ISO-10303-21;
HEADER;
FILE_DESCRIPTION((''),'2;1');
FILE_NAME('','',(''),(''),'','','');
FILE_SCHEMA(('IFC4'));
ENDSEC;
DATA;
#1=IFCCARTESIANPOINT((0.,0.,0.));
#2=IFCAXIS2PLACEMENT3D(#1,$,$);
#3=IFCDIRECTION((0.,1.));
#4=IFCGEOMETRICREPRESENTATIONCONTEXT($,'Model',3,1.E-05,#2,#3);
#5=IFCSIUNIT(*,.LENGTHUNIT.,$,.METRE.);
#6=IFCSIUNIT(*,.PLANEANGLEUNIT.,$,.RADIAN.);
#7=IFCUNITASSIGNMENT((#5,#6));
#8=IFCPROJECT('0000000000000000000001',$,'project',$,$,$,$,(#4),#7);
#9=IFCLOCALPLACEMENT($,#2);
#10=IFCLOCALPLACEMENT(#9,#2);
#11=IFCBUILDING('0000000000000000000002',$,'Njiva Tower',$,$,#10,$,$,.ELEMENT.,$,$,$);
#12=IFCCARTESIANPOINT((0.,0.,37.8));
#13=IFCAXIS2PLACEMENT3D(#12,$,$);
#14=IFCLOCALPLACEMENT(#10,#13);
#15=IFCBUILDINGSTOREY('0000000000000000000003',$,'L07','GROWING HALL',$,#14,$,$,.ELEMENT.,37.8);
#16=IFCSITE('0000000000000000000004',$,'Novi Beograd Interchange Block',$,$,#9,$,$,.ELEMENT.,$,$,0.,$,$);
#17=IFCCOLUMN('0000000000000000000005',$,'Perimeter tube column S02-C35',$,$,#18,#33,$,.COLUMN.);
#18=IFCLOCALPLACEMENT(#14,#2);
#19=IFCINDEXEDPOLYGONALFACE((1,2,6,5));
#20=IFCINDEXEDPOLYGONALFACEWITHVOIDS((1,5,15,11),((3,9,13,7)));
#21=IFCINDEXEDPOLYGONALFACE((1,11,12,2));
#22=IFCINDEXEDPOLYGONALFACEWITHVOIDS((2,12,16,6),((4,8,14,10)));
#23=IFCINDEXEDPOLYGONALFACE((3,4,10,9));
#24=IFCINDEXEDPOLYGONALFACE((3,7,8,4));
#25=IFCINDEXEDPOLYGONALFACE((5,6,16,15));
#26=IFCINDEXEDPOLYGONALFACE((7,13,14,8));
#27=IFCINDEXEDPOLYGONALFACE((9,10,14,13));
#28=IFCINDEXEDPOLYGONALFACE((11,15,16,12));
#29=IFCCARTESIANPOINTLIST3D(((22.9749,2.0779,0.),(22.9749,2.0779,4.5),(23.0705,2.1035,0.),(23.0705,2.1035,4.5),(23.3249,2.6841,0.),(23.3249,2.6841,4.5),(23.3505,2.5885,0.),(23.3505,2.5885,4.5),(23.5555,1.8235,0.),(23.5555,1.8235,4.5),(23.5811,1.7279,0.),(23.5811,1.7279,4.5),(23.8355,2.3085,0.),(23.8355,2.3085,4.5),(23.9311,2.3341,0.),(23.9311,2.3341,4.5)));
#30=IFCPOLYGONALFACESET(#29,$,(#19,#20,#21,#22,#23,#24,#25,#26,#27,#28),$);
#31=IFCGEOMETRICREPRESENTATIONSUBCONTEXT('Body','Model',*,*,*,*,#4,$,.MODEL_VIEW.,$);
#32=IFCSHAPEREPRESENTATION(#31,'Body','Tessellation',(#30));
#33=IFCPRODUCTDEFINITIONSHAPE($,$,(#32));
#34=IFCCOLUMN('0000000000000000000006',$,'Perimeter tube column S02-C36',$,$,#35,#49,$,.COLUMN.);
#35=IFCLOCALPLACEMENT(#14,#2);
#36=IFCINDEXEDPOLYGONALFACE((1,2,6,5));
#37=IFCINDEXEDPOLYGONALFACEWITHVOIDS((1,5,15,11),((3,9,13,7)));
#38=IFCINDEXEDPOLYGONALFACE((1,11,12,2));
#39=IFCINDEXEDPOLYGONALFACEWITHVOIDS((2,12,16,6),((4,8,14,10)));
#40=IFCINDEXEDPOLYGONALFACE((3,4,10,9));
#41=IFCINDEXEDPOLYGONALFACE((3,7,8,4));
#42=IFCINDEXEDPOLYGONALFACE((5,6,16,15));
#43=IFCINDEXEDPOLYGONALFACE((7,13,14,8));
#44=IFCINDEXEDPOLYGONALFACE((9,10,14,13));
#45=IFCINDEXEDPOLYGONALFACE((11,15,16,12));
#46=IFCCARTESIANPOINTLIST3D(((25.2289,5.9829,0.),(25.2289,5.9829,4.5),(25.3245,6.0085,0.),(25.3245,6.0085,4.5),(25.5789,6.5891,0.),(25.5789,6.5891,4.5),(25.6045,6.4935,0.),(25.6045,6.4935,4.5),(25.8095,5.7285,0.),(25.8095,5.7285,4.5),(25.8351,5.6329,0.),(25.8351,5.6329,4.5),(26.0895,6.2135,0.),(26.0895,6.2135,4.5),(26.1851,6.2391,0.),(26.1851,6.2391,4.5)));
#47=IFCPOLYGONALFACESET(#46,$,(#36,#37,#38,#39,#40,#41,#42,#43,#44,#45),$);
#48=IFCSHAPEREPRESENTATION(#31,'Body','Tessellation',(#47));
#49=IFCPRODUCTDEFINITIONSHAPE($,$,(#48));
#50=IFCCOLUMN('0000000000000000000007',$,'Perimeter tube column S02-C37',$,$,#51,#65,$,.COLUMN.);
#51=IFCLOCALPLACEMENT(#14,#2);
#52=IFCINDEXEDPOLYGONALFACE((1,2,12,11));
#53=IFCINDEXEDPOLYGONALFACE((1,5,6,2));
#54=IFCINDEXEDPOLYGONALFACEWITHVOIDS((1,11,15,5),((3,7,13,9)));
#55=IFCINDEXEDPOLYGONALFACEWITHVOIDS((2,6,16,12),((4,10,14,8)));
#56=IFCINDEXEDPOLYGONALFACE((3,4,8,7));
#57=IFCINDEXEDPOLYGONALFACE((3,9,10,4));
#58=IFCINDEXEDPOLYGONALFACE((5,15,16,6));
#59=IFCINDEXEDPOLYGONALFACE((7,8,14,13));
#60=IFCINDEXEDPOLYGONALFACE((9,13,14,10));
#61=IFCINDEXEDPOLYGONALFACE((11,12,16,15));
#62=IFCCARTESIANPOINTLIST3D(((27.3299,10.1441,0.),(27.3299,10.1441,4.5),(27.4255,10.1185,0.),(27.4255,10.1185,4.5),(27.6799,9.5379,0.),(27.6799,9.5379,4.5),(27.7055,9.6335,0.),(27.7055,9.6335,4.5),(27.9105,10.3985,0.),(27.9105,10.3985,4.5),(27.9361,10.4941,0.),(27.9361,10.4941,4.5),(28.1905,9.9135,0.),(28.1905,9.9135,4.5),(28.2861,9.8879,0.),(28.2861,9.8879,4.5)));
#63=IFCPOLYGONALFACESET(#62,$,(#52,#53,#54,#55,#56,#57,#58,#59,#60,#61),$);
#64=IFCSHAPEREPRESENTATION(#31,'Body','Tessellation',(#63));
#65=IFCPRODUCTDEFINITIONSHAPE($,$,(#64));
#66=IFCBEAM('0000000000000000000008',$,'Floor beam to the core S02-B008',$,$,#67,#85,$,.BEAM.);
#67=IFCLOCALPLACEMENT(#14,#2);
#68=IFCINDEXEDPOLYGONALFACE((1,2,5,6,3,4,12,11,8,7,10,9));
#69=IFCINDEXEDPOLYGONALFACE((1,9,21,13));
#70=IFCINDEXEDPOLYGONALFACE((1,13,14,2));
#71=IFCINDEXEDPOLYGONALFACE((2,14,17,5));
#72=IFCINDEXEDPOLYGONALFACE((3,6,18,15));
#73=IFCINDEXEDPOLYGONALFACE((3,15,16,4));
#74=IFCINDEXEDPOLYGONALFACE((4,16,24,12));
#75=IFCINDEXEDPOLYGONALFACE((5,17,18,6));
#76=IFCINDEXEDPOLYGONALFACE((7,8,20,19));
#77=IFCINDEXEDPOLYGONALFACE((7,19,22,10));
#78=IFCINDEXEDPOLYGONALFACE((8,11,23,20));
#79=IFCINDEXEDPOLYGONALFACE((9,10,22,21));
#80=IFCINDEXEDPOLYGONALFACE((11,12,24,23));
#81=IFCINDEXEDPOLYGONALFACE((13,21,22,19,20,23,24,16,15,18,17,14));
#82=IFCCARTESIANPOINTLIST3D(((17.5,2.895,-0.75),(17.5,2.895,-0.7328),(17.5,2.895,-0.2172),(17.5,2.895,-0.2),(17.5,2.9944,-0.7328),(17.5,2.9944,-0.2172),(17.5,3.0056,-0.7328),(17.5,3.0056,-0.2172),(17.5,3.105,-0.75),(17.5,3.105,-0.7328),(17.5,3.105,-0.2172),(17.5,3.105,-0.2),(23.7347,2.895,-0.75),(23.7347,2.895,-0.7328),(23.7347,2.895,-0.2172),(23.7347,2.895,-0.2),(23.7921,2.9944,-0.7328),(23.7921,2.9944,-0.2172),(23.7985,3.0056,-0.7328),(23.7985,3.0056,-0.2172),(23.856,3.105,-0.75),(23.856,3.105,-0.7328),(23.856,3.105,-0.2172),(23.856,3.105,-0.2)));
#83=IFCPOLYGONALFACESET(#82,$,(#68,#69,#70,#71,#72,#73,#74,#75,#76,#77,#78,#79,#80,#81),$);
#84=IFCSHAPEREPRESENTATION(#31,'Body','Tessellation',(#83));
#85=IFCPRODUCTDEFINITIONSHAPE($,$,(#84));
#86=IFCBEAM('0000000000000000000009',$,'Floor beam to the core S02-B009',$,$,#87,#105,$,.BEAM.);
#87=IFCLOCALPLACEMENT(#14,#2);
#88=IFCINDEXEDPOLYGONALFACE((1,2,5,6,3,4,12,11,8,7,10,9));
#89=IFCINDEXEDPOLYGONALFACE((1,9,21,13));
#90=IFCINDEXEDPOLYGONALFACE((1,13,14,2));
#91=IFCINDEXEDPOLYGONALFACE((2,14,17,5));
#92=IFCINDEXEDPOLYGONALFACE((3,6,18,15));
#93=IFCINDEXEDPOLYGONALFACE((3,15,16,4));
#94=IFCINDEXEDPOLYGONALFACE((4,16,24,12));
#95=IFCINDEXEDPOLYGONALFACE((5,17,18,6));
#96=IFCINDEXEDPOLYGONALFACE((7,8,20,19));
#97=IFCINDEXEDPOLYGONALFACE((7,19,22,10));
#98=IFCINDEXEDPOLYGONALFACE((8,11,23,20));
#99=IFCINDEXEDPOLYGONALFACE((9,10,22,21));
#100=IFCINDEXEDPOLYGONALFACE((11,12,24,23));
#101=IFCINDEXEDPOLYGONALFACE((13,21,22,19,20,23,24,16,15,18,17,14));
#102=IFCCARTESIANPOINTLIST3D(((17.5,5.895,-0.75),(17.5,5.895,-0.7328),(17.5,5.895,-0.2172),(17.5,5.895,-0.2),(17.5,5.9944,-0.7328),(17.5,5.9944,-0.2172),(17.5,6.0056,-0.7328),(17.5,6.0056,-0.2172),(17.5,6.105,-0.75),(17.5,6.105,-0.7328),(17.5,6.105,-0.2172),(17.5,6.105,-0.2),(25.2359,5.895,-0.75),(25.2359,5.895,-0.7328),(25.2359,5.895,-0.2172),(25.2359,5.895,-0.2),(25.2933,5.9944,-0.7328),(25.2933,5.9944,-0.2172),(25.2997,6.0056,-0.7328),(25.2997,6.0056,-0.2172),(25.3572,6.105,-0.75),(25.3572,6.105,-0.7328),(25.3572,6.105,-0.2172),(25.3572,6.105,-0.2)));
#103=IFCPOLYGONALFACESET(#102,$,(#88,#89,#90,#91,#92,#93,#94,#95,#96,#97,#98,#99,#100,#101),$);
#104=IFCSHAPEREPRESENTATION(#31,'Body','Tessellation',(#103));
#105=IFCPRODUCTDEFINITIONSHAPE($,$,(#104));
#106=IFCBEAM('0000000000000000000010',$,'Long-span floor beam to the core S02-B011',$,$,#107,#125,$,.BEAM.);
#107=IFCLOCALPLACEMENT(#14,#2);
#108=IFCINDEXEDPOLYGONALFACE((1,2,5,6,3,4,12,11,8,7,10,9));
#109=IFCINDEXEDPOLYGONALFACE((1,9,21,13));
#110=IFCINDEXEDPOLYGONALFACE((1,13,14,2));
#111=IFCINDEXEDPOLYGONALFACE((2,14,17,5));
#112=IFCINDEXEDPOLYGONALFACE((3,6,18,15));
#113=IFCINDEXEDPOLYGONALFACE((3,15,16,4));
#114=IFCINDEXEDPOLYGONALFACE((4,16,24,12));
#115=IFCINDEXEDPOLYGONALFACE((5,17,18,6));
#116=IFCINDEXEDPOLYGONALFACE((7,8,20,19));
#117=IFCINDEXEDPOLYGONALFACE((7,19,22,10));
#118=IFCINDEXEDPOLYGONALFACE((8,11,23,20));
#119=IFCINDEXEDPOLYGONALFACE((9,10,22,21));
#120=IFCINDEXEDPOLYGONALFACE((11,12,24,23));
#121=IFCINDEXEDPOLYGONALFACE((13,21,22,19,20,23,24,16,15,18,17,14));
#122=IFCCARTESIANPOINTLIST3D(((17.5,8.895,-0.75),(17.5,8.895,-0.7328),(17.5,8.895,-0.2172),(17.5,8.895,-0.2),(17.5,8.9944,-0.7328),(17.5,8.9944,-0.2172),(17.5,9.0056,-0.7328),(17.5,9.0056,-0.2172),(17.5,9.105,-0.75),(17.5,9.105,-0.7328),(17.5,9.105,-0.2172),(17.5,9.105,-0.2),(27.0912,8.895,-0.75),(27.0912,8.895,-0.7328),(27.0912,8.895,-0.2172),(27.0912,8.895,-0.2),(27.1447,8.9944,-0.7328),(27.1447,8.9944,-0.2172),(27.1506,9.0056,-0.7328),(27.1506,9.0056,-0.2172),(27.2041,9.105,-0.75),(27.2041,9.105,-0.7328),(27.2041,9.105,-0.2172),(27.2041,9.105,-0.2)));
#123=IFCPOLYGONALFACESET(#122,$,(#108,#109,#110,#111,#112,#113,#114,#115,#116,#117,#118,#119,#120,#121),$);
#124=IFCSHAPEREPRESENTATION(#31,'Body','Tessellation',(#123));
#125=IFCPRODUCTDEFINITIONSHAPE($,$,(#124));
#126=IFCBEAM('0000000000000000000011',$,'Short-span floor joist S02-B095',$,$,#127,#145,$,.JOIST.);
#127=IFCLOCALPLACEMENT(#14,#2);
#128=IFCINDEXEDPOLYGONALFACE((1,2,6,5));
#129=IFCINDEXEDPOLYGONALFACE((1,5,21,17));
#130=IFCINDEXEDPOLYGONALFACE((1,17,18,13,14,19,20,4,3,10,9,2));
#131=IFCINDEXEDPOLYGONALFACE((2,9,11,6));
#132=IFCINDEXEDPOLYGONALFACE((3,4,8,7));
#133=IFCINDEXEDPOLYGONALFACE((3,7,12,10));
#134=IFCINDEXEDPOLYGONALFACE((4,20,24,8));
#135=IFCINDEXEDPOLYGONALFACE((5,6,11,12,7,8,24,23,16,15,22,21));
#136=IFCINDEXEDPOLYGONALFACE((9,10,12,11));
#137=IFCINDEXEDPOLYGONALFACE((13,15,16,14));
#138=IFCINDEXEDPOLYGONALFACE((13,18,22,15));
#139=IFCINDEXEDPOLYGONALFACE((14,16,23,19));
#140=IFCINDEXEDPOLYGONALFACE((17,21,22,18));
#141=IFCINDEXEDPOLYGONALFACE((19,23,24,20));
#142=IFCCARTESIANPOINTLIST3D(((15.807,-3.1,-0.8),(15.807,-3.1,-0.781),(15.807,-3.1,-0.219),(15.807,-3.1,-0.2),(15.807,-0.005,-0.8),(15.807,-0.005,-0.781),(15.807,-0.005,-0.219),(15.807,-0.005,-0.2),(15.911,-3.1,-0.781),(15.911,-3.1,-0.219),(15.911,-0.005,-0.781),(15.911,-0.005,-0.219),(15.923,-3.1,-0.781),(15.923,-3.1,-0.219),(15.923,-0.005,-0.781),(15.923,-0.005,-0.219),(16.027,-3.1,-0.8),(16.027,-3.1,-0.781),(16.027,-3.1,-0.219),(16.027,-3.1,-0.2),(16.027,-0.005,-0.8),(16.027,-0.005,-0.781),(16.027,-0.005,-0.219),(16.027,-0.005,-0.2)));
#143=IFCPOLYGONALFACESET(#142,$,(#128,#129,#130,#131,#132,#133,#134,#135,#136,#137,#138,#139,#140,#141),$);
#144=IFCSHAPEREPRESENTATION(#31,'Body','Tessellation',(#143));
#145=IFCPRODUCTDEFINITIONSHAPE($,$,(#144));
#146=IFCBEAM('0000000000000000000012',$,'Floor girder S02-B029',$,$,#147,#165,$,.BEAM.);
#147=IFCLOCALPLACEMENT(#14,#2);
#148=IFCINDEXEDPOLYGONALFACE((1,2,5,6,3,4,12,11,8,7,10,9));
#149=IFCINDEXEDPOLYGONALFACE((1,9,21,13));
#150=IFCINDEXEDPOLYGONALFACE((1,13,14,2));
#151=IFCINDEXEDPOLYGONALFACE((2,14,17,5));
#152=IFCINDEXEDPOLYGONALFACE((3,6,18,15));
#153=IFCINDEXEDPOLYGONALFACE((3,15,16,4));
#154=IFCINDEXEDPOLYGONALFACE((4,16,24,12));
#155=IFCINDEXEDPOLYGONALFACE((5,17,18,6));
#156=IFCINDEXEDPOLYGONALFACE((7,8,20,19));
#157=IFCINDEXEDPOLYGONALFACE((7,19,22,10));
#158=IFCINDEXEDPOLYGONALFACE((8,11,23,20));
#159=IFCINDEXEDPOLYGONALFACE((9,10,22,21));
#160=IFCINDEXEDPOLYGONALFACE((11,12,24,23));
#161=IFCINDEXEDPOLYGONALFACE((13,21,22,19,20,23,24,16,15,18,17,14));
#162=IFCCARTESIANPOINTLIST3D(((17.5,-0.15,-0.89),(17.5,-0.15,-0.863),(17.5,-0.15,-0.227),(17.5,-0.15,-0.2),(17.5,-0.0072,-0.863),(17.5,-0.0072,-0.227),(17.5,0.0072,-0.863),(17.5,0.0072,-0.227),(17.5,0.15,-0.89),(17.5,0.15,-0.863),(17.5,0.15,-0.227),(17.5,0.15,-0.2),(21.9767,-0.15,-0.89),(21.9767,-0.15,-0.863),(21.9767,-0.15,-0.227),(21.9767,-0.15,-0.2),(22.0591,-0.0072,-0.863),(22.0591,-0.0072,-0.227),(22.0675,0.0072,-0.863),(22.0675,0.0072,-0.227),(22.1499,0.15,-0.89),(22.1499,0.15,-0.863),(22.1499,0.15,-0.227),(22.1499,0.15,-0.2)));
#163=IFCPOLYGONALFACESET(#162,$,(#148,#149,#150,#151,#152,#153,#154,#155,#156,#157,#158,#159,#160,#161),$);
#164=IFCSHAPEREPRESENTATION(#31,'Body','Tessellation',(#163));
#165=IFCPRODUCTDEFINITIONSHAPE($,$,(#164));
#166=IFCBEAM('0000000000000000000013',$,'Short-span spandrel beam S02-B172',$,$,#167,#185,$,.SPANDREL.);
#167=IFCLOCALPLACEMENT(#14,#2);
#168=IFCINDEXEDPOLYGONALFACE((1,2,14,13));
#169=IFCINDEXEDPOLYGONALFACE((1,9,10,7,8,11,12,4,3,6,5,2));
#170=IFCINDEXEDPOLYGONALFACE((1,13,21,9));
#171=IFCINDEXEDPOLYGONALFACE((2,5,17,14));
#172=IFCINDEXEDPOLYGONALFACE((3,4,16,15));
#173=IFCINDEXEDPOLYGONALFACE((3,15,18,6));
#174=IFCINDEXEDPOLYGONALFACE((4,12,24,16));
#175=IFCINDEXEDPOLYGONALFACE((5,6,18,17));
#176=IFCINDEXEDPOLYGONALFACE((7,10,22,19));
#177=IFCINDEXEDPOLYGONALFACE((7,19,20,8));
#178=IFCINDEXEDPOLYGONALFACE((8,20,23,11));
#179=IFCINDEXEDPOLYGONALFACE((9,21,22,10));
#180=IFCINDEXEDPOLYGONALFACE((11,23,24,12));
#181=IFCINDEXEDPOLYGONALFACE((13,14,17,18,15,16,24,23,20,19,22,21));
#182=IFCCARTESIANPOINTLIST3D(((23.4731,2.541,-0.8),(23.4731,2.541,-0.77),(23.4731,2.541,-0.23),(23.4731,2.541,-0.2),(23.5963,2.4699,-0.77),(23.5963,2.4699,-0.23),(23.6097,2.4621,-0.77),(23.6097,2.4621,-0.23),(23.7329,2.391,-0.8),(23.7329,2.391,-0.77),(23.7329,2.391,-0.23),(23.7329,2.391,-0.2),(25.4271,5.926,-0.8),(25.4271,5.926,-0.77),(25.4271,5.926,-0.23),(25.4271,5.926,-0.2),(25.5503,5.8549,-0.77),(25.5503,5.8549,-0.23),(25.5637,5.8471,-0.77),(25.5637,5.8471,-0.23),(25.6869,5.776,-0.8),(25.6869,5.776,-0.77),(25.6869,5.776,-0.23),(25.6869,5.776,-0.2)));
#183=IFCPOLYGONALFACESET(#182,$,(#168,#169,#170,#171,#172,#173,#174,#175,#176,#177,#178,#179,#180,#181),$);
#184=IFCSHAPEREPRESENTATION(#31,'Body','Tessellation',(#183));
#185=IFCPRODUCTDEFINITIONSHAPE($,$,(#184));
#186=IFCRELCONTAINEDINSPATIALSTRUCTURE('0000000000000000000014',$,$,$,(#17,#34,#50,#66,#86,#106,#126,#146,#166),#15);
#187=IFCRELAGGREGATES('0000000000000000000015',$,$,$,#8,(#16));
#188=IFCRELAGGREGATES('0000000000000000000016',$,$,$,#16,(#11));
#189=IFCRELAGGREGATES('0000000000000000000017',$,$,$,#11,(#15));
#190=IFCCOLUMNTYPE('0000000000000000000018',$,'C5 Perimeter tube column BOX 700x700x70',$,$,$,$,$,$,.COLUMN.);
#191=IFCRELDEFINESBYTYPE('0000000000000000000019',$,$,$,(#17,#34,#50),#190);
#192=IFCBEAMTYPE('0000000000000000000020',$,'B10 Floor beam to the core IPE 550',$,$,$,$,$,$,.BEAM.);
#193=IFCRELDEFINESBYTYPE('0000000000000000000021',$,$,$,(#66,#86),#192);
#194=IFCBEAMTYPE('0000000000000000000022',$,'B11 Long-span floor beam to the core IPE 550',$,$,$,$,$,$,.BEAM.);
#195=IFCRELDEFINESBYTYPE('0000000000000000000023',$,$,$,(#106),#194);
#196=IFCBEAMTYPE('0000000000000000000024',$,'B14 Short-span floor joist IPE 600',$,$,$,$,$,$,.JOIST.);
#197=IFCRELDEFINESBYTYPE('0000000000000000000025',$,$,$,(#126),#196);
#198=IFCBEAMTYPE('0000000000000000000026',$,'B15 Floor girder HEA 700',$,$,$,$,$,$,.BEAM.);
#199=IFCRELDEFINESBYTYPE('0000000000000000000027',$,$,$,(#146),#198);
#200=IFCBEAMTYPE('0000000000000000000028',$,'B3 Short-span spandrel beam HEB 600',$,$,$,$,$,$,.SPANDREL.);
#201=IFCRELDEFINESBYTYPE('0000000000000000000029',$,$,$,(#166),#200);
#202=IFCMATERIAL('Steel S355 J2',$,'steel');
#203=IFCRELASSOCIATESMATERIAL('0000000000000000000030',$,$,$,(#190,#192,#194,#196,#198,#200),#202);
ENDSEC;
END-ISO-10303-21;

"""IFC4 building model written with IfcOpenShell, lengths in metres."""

from ifc_helpers import new_model, si_unit, direction, frame, origin, origin_2d, place, context, subcontext, project, spatial, hollow_rectangle, i_section, extrude, clip, halfspace, material, material_profile, profile_set, type_object, element, save


model = new_model("IFC4")

# Units and contexts
model_context = context("Model", 3, precision=1e-05, world=origin(), true_north=direction((0.0, 1.0)))
body_context = subcontext(model_context, "Body", "Model", "MODEL_VIEW")
ifc_project = project(units=[si_unit("LENGTHUNIT", "METRE"), si_unit("PLANEANGLEUNIT", "RADIAN")], contexts=[model_context])

# Site, building, storey
site_placement = place(None, origin())
site = spatial("IfcSite", under=ifc_project, at=site_placement, Name="Novi Beograd Interchange Block", CompositionType="ELEMENT", RefElevation=0.0)
building_placement = place(site_placement, origin())
building = spatial("IfcBuilding", under=site, at=building_placement, Name="Njiva Tower", CompositionType="ELEMENT")
storey_placement = place(building_placement, frame((0.0, 0.0, 37.8)))
storey = spatial("IfcBuildingStorey", under=building, at=storey_placement, Name="L07", Description="GROWING HALL", CompositionType="ELEMENT", Elevation=37.8)

# Columns
ifc_material_1 = material(Name="Steel S355 J2", Category="steel")
ifc_material_profile_1 = material_profile(ifc_material_1, hollow_rectangle(XDim=0.7, YDim=0.7, WallThickness=0.07, at=origin_2d()), Name="BOX 700x700x70")
ifc_profile_set_1 = profile_set([ifc_material_profile_1], Name="Steel S355 J2")
column_type = type_object("IfcColumnType", Name="C5 Perimeter tube column BOX 700x700x70", PredefinedType="COLUMN", material=ifc_profile_set_1)
for number, where, z_axis, x_axis, name in (
    (1, (23.453, 2.206, 0.0), (0.0, 0.0, 1.0), (0.5, 0.866025, 0.0), "Perimeter tube column S02-C35"),
    (2, (25.707, 6.111, 0.0), (0.0, 0.0, 1.0), (0.5, 0.866025, 0.0), "Perimeter tube column S02-C36"),
    (3, (27.808, 10.016, 0.0), (0.0, 0.0, 1.0), (-0.5, 0.866025, 0.0), "Perimeter tube column S02-C37"),
):
    element("IfcColumn", number, at=place(storey_placement, frame(where, z_axis=z_axis, x_axis=x_axis)), inside=storey, type_object=column_type, Name=name, PredefinedType="COLUMN", context=body_context, shape_type="SweptSolid", body=[
        extrude(hollow_rectangle(XDim=0.7, YDim=0.7, WallThickness=0.07, at=origin_2d()), origin(), (0.0, 0.0, 1.0), 4.5),
    ])

# Beams
ifc_material_profile_2 = material_profile(ifc_material_1, i_section(OverallWidth=0.21, OverallDepth=0.55, WebThickness=0.0111, FlangeThickness=0.0172, at=origin_2d()), Name="IPE 550")
ifc_profile_set_2 = profile_set([ifc_material_profile_2], Name="Steel S355 J2")
beam_type_1 = type_object("IfcBeamType", Name="B10 Floor beam to the core IPE 550", PredefinedType="BEAM", material=ifc_profile_set_2)
beam_1_placement = place(storey_placement, frame((17.5, 3.0, -0.475), z_axis=(1.0, 0.0, 0.0), x_axis=(0.0, 1.0, 0.0)))
element("IfcBeam", 4, at=beam_1_placement, inside=storey, type_object=beam_type_1, Name="Floor beam to the core S02-B008", PredefinedType="BEAM", context=body_context, shape_type="Clipping", body=[
    clip(extrude(i_section(OverallWidth=0.21, OverallDepth=0.55, WebThickness=0.0111, FlangeThickness=0.0172, at=origin_2d()), origin(), (0.0, 0.0, 1.0), 6.376), halfspace(frame((-0.025, 0.0, 6.2809), z_axis=(-0.499998, 0.0, 0.866027), x_axis=(0.0, 1.0, 0.0)), False)),
])
beam_2_placement = place(storey_placement, frame((17.5, 6.0, -0.475), z_axis=(1.0, 0.0, 0.0), x_axis=(0.0, 1.0, 0.0)))
element("IfcBeam", 5, at=beam_2_placement, inside=storey, type_object=beam_type_1, Name="Floor beam to the core S02-B009", PredefinedType="BEAM", context=body_context, shape_type="Clipping", body=[
    clip(extrude(i_section(OverallWidth=0.21, OverallDepth=0.55, WebThickness=0.0111, FlangeThickness=0.0172, at=origin_2d()), origin(), (0.0, 0.0, 1.0), 7.878), halfspace(frame((-0.025, 0.0, 7.7821), z_axis=(-0.499998, 0.0, 0.866027), x_axis=(0.0, 1.0, 0.0)), False)),
])
ifc_material_profile_3 = material_profile(ifc_material_1, i_section(OverallWidth=0.21, OverallDepth=0.55, WebThickness=0.0111, FlangeThickness=0.0172, at=origin_2d()), Name="IPE 550")
ifc_profile_set_3 = profile_set([ifc_material_profile_3], Name="Steel S355 J2")
beam_type_2 = type_object("IfcBeamType", Name="B11 Long-span floor beam to the core IPE 550", PredefinedType="BEAM", material=ifc_profile_set_3)
beam_3_placement = place(storey_placement, frame((17.5, 9.0, -0.475), z_axis=(1.0, 0.0, 0.0), x_axis=(0.0, 1.0, 0.0)))
element("IfcBeam", 6, at=beam_3_placement, inside=storey, type_object=beam_type_2, Name="Long-span floor beam to the core S02-B011", PredefinedType="BEAM", context=body_context, shape_type="Clipping", body=[
    clip(extrude(i_section(OverallWidth=0.21, OverallDepth=0.55, WebThickness=0.0111, FlangeThickness=0.0172, at=origin_2d()), origin(), (0.0, 0.0, 1.0), 9.724), halfspace(frame((-0.0237, 0.0, 9.6349), z_axis=(-0.473777, 0.0, 0.880645), x_axis=(0.0, 1.0, 0.0)), False)),
])
ifc_material_profile_4 = material_profile(ifc_material_1, i_section(OverallWidth=0.22, OverallDepth=0.6, WebThickness=0.012, FlangeThickness=0.019, at=origin_2d()), Name="IPE 600")
ifc_profile_set_4 = profile_set([ifc_material_profile_4], Name="Steel S355 J2")
beam_type_3 = type_object("IfcBeamType", Name="B14 Short-span floor joist IPE 600", PredefinedType="JOIST", material=ifc_profile_set_4)
beam_4_placement = place(storey_placement, frame((15.917, -0.005, -0.5), z_axis=(0.0, -1.0, 0.0), x_axis=(1.0, 0.0, 0.0)))
element("IfcBeam", 7, at=beam_4_placement, inside=storey, type_object=beam_type_3, Name="Short-span floor joist S02-B095", PredefinedType="JOIST", context=body_context, shape_type="SweptSolid", body=[
    extrude(i_section(OverallWidth=0.22, OverallDepth=0.6, WebThickness=0.012, FlangeThickness=0.019, at=origin_2d()), origin(), (0.0, 0.0, 1.0), 3.095),
])
ifc_material_profile_5 = material_profile(ifc_material_1, i_section(OverallWidth=0.3, OverallDepth=0.69, WebThickness=0.0145, FlangeThickness=0.027, at=origin_2d()), Name="HEA 700")
ifc_profile_set_5 = profile_set([ifc_material_profile_5], Name="Steel S355 J2")
beam_type_4 = type_object("IfcBeamType", Name="B15 Floor girder HEA 700", PredefinedType="BEAM", material=ifc_profile_set_5)
beam_5_placement = place(storey_placement, frame((17.5, 0.0, -0.545), z_axis=(1.0, 0.0, 0.0), x_axis=(0.0, 1.0, 0.0)))
element("IfcBeam", 8, at=beam_5_placement, inside=storey, type_object=beam_type_4, Name="Floor girder S02-B029", PredefinedType="BEAM", context=body_context, shape_type="Clipping", body=[
    clip(extrude(i_section(OverallWidth=0.3, OverallDepth=0.69, WebThickness=0.0145, FlangeThickness=0.027, at=origin_2d()), origin(), (0.0, 0.0, 1.0), 4.67), halfspace(frame((-0.025, 0.0, 4.5489), z_axis=(-0.499998, 0.0, 0.866027), x_axis=(0.0, 1.0, 0.0)), False)),
])
ifc_material_profile_6 = material_profile(ifc_material_1, i_section(OverallWidth=0.3, OverallDepth=0.6, WebThickness=0.0155, FlangeThickness=0.03, at=origin_2d()), Name="HEB 600")
ifc_profile_set_6 = profile_set([ifc_material_profile_6], Name="Steel S355 J2")
beam_type_5 = type_object("IfcBeamType", Name="B3 Short-span spandrel beam HEB 600", PredefinedType="SPANDREL", material=ifc_profile_set_6)
beam_6_placement = place(storey_placement, frame((23.603, 2.466, -0.5), z_axis=(0.499937, 0.866062, 0.0), x_axis=(-0.866062, 0.499937, 0.0)))
element("IfcBeam", 9, at=beam_6_placement, inside=storey, type_object=beam_type_5, Name="Short-span spandrel beam S02-B172", PredefinedType="SPANDREL", context=body_context, shape_type="SweptSolid", body=[
    extrude(i_section(OverallWidth=0.3, OverallDepth=0.6, WebThickness=0.0155, FlangeThickness=0.03, at=origin_2d()), origin(), (0.0, 0.0, 1.0), 3.9085),
])

save(model, "model.ifc")
